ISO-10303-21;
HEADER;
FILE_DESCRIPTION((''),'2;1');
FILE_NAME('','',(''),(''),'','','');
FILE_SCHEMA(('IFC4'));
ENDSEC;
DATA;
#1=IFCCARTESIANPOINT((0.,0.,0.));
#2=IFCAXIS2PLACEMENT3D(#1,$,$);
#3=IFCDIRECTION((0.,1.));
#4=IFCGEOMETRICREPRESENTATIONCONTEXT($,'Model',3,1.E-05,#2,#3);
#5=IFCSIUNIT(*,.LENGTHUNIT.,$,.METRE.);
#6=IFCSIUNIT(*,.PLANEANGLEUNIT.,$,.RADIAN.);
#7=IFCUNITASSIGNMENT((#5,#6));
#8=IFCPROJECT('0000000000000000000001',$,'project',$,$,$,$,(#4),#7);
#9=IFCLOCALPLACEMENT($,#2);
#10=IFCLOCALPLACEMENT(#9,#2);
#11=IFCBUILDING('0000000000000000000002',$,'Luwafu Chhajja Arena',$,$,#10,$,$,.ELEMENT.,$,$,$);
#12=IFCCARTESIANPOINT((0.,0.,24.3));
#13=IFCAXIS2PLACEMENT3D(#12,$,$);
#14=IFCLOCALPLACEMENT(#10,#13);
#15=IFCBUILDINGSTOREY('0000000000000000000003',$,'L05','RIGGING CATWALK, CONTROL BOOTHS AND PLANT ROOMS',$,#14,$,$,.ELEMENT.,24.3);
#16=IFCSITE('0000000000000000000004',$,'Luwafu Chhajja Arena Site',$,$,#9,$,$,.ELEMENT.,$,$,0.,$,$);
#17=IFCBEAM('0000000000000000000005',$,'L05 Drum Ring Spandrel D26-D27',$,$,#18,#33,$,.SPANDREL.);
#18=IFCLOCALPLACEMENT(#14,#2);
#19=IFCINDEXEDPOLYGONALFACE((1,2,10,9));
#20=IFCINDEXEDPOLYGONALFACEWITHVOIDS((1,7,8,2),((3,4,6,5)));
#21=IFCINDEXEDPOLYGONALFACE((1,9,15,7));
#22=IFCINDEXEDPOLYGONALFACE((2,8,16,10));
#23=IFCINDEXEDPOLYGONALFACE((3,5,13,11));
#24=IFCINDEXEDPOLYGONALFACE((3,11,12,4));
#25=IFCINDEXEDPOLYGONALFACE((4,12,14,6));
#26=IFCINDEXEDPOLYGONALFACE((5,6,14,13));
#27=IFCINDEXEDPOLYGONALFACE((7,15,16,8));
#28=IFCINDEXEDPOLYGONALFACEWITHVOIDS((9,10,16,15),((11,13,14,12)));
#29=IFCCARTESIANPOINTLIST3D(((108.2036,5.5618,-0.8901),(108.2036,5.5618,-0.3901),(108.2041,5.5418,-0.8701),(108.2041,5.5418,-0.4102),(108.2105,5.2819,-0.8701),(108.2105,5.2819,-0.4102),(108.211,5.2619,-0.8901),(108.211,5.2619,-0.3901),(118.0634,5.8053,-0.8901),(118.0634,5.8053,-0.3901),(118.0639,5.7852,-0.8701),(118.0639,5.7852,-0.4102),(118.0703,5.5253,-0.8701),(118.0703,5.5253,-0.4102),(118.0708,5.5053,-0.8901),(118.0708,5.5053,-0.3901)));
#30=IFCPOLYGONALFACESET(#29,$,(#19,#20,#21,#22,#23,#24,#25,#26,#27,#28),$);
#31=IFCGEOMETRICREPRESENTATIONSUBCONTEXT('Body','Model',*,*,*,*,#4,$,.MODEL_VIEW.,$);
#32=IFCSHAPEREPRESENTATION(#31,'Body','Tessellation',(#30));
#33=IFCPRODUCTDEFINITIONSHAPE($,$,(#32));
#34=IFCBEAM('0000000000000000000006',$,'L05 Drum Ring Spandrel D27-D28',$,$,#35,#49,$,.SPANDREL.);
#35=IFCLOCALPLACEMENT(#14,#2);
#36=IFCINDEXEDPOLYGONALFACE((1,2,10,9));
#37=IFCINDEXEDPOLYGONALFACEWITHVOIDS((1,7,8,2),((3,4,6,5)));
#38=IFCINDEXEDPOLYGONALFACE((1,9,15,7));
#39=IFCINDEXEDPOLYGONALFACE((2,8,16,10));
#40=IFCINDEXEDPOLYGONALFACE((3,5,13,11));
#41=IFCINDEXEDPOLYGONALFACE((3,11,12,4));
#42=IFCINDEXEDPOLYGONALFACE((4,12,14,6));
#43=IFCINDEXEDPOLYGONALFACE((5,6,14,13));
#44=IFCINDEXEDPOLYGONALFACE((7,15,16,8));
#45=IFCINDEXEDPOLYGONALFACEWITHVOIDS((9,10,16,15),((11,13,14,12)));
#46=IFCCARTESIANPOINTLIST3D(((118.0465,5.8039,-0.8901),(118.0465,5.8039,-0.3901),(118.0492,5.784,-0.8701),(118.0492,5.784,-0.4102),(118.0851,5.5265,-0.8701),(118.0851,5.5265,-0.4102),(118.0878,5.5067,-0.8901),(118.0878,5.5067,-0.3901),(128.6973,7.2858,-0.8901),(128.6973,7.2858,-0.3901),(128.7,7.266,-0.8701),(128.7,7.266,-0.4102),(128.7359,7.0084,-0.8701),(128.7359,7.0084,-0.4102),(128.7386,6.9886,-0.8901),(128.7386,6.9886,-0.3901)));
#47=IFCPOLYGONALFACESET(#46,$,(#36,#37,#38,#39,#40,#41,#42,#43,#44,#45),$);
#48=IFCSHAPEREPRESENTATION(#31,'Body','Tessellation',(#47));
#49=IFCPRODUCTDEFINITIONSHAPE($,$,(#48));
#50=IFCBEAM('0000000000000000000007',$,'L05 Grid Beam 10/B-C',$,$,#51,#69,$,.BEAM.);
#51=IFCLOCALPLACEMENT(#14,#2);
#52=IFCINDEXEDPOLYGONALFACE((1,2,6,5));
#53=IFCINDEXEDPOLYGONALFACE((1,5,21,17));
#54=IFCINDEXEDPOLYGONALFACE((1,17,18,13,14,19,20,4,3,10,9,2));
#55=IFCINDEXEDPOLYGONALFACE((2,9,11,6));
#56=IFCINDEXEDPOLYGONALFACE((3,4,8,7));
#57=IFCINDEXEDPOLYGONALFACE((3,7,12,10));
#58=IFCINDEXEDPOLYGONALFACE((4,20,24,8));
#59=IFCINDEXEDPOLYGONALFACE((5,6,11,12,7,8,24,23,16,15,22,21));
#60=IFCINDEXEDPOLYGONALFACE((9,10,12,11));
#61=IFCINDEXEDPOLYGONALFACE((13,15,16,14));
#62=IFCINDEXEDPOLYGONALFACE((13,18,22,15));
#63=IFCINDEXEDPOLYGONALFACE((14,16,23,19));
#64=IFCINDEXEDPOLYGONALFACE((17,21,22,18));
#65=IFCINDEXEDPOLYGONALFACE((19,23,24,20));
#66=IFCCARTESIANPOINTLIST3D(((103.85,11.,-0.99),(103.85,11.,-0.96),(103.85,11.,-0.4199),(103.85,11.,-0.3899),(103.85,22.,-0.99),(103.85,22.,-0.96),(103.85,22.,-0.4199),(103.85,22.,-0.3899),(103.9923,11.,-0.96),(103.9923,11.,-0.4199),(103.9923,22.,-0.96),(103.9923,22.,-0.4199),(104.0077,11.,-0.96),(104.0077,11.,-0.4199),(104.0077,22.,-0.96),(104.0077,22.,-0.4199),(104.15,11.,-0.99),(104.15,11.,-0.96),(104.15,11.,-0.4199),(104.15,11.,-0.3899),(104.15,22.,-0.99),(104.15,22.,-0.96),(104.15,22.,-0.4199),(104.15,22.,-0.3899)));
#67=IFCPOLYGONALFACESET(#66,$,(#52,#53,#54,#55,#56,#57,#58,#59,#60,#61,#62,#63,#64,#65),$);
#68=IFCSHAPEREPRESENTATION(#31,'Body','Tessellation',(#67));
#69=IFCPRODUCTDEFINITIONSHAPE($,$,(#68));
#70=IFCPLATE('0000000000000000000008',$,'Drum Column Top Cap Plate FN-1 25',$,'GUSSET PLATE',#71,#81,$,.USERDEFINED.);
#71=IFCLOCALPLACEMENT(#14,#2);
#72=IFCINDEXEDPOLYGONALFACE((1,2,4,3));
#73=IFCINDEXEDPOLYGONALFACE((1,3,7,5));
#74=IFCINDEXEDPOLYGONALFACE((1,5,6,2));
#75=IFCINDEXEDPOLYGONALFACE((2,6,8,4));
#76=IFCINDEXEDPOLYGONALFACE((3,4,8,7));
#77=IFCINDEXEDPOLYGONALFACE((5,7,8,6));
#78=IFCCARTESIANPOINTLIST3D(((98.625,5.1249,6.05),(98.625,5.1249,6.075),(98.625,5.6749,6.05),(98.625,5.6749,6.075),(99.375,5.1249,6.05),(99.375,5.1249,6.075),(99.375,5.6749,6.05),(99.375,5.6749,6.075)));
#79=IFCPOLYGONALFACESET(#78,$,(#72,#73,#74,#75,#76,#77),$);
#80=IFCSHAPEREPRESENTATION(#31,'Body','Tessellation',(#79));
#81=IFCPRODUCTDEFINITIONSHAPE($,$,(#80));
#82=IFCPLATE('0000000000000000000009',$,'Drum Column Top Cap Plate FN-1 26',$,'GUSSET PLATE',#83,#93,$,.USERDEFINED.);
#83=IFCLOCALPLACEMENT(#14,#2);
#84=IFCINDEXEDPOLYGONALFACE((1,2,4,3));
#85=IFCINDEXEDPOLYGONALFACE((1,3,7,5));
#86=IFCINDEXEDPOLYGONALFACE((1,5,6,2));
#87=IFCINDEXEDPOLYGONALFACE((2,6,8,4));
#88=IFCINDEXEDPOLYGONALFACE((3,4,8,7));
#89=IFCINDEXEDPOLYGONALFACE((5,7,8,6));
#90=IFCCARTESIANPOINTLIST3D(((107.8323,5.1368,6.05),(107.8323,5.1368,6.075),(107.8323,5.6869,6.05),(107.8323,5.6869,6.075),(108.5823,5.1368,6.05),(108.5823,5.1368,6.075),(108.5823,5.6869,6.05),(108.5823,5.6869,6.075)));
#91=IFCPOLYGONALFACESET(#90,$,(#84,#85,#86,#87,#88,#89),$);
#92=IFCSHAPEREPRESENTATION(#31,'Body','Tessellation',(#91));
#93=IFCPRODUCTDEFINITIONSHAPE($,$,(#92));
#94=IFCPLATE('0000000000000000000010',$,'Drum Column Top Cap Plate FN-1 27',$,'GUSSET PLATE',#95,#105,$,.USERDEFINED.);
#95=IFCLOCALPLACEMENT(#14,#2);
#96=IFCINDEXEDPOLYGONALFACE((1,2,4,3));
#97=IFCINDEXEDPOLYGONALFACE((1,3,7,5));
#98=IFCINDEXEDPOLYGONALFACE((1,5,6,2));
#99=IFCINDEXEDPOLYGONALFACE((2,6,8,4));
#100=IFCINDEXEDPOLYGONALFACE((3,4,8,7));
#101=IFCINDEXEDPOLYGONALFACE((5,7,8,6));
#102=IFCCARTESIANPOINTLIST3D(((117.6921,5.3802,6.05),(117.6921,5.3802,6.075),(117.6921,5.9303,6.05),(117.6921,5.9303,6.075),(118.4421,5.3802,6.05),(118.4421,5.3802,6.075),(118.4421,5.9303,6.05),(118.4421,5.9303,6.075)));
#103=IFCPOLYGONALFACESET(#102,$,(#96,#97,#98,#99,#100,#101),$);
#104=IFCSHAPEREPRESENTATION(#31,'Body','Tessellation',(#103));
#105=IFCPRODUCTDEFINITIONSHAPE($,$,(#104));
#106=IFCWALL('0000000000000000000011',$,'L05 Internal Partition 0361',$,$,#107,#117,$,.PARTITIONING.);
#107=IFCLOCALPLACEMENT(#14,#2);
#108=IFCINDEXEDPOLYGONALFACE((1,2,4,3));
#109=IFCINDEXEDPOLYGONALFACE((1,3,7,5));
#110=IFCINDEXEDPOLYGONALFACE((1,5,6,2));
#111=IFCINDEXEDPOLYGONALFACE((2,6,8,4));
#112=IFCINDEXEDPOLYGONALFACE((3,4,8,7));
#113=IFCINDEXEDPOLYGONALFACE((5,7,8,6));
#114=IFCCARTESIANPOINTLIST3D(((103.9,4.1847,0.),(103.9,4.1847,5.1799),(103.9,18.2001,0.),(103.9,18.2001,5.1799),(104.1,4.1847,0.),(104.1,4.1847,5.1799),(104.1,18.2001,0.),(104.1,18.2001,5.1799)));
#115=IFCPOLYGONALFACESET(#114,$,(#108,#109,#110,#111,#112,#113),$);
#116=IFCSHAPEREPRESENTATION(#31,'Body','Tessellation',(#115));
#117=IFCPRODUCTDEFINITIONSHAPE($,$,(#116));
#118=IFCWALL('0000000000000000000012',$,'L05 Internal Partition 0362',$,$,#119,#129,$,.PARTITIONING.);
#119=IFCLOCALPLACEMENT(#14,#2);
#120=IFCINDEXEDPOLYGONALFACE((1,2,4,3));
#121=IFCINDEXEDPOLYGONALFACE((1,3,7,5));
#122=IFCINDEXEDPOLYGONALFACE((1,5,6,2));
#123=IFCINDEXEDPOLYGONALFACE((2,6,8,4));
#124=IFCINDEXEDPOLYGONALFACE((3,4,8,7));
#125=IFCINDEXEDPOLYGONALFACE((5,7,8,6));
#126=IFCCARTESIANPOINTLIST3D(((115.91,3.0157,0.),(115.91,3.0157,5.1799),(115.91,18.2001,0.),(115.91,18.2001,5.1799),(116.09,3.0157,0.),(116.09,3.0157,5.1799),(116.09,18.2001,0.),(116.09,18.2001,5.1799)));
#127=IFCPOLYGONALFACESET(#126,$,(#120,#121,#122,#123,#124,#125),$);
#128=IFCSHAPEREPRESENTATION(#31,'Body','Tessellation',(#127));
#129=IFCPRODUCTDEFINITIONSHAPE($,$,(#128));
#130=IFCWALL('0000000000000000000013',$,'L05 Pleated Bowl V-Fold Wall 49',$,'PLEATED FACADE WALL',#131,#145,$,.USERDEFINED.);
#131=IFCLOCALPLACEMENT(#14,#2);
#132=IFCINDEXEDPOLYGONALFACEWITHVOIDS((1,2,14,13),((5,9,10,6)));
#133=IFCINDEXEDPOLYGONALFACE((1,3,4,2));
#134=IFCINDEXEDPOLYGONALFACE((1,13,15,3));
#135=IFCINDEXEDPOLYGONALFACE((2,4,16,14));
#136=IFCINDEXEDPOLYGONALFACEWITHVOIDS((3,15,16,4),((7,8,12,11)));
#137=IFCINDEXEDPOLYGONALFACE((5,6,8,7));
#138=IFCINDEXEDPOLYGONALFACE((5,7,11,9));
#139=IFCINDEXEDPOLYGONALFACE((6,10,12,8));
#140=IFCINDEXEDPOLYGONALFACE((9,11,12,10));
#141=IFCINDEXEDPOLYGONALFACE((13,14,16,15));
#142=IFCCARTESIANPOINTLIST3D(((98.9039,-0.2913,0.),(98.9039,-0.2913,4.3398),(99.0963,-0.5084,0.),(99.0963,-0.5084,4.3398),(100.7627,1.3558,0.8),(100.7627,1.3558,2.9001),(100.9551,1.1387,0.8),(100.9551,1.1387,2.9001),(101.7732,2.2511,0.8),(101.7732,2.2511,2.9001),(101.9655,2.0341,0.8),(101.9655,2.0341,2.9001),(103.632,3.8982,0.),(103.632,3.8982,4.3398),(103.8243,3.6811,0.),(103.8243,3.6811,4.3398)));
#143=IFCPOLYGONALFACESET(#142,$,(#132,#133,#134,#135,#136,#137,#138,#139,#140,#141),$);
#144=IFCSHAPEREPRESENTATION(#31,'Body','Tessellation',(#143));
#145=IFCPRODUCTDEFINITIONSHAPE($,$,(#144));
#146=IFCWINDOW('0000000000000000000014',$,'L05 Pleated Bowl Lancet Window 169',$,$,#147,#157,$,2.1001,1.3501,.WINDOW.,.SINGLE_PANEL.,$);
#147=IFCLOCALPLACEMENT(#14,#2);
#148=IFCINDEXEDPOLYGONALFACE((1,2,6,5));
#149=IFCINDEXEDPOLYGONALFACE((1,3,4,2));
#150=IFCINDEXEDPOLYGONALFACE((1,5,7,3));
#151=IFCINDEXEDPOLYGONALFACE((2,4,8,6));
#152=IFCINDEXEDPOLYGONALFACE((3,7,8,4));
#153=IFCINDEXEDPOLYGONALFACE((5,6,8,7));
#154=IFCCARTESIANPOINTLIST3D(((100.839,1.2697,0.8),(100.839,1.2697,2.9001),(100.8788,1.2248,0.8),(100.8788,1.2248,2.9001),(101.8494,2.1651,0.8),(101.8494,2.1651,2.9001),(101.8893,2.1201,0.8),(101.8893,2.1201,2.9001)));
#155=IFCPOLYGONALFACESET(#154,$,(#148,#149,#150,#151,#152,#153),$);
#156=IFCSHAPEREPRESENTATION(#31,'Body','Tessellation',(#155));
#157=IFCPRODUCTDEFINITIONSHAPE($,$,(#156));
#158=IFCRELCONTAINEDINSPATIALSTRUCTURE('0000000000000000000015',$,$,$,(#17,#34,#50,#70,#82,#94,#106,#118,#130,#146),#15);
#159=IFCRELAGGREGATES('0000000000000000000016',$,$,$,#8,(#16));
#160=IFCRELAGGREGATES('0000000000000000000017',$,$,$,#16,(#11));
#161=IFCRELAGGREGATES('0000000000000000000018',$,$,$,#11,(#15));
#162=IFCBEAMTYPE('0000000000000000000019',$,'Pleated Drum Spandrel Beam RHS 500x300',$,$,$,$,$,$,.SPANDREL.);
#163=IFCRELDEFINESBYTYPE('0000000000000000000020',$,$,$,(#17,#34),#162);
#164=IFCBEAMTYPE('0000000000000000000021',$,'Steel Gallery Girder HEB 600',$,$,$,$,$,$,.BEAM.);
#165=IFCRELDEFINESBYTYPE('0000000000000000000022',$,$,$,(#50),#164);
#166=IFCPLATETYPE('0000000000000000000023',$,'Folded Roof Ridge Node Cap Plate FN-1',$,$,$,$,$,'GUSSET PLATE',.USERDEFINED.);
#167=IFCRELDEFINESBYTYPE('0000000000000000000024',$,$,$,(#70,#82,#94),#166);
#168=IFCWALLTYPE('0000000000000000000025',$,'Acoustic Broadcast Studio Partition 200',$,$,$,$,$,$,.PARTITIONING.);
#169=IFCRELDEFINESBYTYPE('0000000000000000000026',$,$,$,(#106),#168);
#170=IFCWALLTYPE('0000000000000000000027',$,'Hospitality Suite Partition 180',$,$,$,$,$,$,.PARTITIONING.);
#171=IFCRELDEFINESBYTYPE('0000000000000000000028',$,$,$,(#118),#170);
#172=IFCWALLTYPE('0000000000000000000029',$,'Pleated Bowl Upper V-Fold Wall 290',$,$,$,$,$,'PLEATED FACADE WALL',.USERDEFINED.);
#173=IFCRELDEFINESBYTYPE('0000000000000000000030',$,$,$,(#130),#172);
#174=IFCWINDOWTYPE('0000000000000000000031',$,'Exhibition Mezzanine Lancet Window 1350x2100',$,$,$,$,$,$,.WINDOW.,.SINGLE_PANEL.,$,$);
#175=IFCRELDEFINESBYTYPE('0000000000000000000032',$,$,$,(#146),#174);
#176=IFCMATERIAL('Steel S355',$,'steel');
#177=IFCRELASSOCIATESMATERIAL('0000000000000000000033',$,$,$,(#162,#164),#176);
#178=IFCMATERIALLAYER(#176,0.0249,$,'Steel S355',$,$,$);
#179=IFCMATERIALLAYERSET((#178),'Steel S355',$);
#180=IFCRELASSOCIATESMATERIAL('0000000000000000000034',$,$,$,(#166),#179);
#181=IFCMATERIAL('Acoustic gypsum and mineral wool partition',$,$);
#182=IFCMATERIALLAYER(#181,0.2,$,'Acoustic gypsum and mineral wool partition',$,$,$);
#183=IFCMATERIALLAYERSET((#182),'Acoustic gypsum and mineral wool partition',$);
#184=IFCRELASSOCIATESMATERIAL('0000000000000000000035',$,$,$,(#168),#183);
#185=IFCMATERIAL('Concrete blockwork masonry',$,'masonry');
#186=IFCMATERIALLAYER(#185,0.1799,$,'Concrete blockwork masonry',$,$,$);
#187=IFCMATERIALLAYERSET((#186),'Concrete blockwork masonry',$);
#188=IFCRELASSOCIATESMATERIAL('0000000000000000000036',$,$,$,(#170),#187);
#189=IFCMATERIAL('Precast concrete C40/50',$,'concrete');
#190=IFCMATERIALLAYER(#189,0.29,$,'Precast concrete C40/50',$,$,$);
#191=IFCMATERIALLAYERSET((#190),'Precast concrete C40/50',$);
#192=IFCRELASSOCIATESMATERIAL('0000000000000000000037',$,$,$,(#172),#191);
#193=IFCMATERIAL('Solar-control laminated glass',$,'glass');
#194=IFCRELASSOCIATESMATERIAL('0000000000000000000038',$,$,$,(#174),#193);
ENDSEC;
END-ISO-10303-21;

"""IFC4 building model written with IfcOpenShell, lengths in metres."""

from ifc_helpers import new_model, si_unit, direction, frame, frame_2d, origin, origin_2d, place, context, subcontext, project, spatial, rectangle, hollow_rectangle, i_section, extrude, material, layer, layer_set, material_profile, profile_set, type_object, element, fill, save


model = new_model("IFC4")

# Units and contexts
model_context = context("Model", 3, precision=1e-05, world=origin(), true_north=direction((0.0, 1.0)))
body_context = subcontext(model_context, "Body", "Model", "MODEL_VIEW")
ifc_project = project(units=[si_unit("LENGTHUNIT", "METRE"), si_unit("PLANEANGLEUNIT", "RADIAN")], contexts=[model_context])

# Site, building, storey
site_placement = place(None, origin())
site = spatial("IfcSite", under=ifc_project, at=site_placement, Name="Luwafu Chhajja Arena Site", CompositionType="ELEMENT", RefElevation=0.0)
building_placement = place(site_placement, origin())
building = spatial("IfcBuilding", under=site, at=building_placement, Name="Luwafu Chhajja Arena", CompositionType="ELEMENT")
storey_placement = place(building_placement, frame((0.0, 0.0, 24.3)))
storey = spatial("IfcBuildingStorey", under=building, at=storey_placement, Name="L05", Description="RIGGING CATWALK, CONTROL BOOTHS AND PLANT ROOMS", CompositionType="ELEMENT", Elevation=24.3)

# Shared definitions
ifc_material_1 = material(Name="Steel S355", Category="steel")

# Beams
ifc_material_profile_1 = material_profile(ifc_material_1, hollow_rectangle(XDim=0.3, YDim=0.5, WallThickness=0.02, at=origin_2d()), Name="RHS 500x300x20")
ifc_profile_set_1 = profile_set([ifc_material_profile_1], Name="Steel S355")
beam_type_1 = type_object("IfcBeamType", Name="Pleated Drum Spandrel Beam RHS 500x300", PredefinedType="SPANDREL", material=ifc_profile_set_1)
beam_1_placement = place(storey_placement, frame((108.2073, 5.4119, -0.6401), z_axis=(0.999695, 0.024679, 0.0), x_axis=(-0.024679, 0.999695, 0.0)))
element("IfcBeam", 1, at=beam_1_placement, inside=storey, type_object=beam_type_1, Name="L05 Drum Ring Spandrel D26-D27", PredefinedType="SPANDREL", context=body_context, shape_type="SweptSolid", body=[
    extrude(hollow_rectangle(XDim=0.3, YDim=0.5, WallThickness=0.02, at=origin_2d()), origin(), (0.0, 0.0, 1.0), 9.8628),
])
beam_2_placement = place(storey_placement, frame((118.0671, 5.6553, -0.6401), z_axis=(0.990459, 0.13781, 0.0), x_axis=(-0.13781, 0.990459, 0.0)))
element("IfcBeam", 2, at=beam_2_placement, inside=storey, type_object=beam_type_1, Name="L05 Drum Ring Spandrel D27-D28", PredefinedType="SPANDREL", context=body_context, shape_type="SweptSolid", body=[
    extrude(hollow_rectangle(XDim=0.3, YDim=0.5, WallThickness=0.02, at=origin_2d()), origin(), (0.0, 0.0, 1.0), 10.7534),
])
ifc_material_profile_2 = material_profile(ifc_material_1, i_section(OverallWidth=0.3, OverallDepth=0.6001, WebThickness=0.0154, FlangeThickness=0.03, at=origin_2d()), Name="HEB 600")
ifc_profile_set_2 = profile_set([ifc_material_profile_2], Name="Steel S355")
beam_type_2 = type_object("IfcBeamType", Name="Steel Gallery Girder HEB 600", PredefinedType="BEAM", material=ifc_profile_set_2)
beam_3_placement = place(storey_placement, frame((104.0, 11.0, -0.6899), z_axis=(0.0, 1.0, 0.0), x_axis=(-1.0, 0.0, 0.0)))
element("IfcBeam", 3, at=beam_3_placement, inside=storey, type_object=beam_type_2, Name="L05 Grid Beam 10/B-C", PredefinedType="BEAM", context=body_context, shape_type="SweptSolid", body=[
    extrude(i_section(OverallWidth=0.3, OverallDepth=0.6001, WebThickness=0.0154, FlangeThickness=0.03, at=origin_2d()), origin(), (0.0, 0.0, 1.0), 11.0),
])

# Plates
ifc_layer_1 = layer(ifc_material_1, 0.0249, Name="Steel S355")
ifc_layer_set_1 = layer_set([ifc_layer_1], Name="Steel S355")
plate_type = type_object("IfcPlateType", Name="Folded Roof Ridge Node Cap Plate FN-1", ElementType="GUSSET PLATE", PredefinedType="USERDEFINED", material=ifc_layer_set_1)
for number, where, z_axis, x_axis, name in (
    (4, (99.0, 5.3999, 6.05), (0.0, 0.0, 1.0), (1.0, 0.0, 0.0), "Drum Column Top Cap Plate FN-1 25"),
    (5, (108.2073, 5.4119, 6.05), (0.0, 0.0, 1.0), (1.0, 0.0, 0.0), "Drum Column Top Cap Plate FN-1 26"),
    (6, (118.0671, 5.6553, 6.05), (0.0, 0.0, 1.0), (1.0, 0.0, 0.0), "Drum Column Top Cap Plate FN-1 27"),
):
    element("IfcPlate", number, at=place(storey_placement, frame(where, z_axis=z_axis, x_axis=x_axis)), inside=storey, type_object=plate_type, Name=name, ObjectType="GUSSET PLATE", PredefinedType="USERDEFINED", context=body_context, shape_type="SweptSolid", body=[
        extrude(rectangle(XDim=0.75, YDim=0.55, at=origin_2d()), origin(), (0.0, 0.0, 1.0), 0.0249),
    ])

# Walls
ifc_material_2 = material(Name="Acoustic gypsum and mineral wool partition")
ifc_layer_2 = layer(ifc_material_2, 0.2, Name="Acoustic gypsum and mineral wool partition")
ifc_layer_set_2 = layer_set([ifc_layer_2], Name="Acoustic gypsum and mineral wool partition")
wall_type_1 = type_object("IfcWallType", Name="Acoustic Broadcast Studio Partition 200", PredefinedType="PARTITIONING", material=ifc_layer_set_2)
wall_1_placement = place(storey_placement, frame((104.0, 4.1846, 0.0), z_axis=(0.0, 0.0, 1.0), x_axis=(0.0, 1.0, 0.0)))
element("IfcWall", 7, at=wall_1_placement, inside=storey, type_object=wall_type_1, Name="L05 Internal Partition 0361", PredefinedType="PARTITIONING", context=body_context, shape_type="SweptSolid", body=[
    extrude(rectangle(XDim=14.0154, YDim=0.2, at=frame_2d((7.0078, 0.0))), origin(), (0.0, 0.0, 1.0), 5.1799),
])
ifc_material_3 = material(Name="Concrete blockwork masonry", Category="masonry")
ifc_layer_3 = layer(ifc_material_3, 0.1799, Name="Concrete blockwork masonry")
ifc_layer_set_3 = layer_set([ifc_layer_3], Name="Concrete blockwork masonry")
wall_type_2 = type_object("IfcWallType", Name="Hospitality Suite Partition 180", PredefinedType="PARTITIONING", material=ifc_layer_set_3)
wall_2_placement = place(storey_placement, frame((116.0, 3.0156, 0.0), z_axis=(0.0, 0.0, 1.0), x_axis=(0.0, 1.0, 0.0)))
element("IfcWall", 8, at=wall_2_placement, inside=storey, type_object=wall_type_2, Name="L05 Internal Partition 0362", PredefinedType="PARTITIONING", context=body_context, shape_type="SweptSolid", body=[
    extrude(rectangle(XDim=15.1843, YDim=0.1799, at=frame_2d((7.5923, 0.0))), origin(), (0.0, 0.0, 1.0), 5.1799),
])

# Wall, opening, window
ifc_material_4 = material(Name="Precast concrete C40/50", Category="concrete")
ifc_layer_4 = layer(ifc_material_4, 0.29, Name="Precast concrete C40/50")
ifc_layer_set_4 = layer_set([ifc_layer_4], Name="Precast concrete C40/50")
wall_type_3 = type_object("IfcWallType", Name="Pleated Bowl Upper V-Fold Wall 290", ElementType="PLEATED FACADE WALL", PredefinedType="USERDEFINED", material=ifc_layer_set_4)
wall_3_placement = place(storey_placement, frame((99.0, -0.3999, 0.0), z_axis=(0.0, 0.0, 1.0), x_axis=(0.748449, 0.663192, 0.0)))
wall_3 = element("IfcWall", 9, at=wall_3_placement, inside=storey, type_object=wall_type_3, Name="L05 Pleated Bowl V-Fold Wall 49", ObjectType="PLEATED FACADE WALL", PredefinedType="USERDEFINED", context=body_context, shape_type="SweptSolid", body=[
    extrude(rectangle(XDim=6.3171, YDim=0.29, at=frame_2d((3.1587, 0.0))), origin(), (0.0, 0.0, 1.0), 4.3398),
])
opening_1_placement = place(wall_3_placement, frame((2.4836, 0.0, 0.8)))
opening_1 = element("IfcOpeningElement", 10, at=opening_1_placement, cuts=wall_3, PredefinedType="OPENING", context=body_context, shape_type="SweptSolid", body=[
    extrude(rectangle(XDim=1.3501, YDim=2.1001, at=frame_2d((0.675, 1.05))), frame((0.0, 0.155, 0.0), z_axis=(0.0, -1.0, 0.0), x_axis=(1.0, 0.0, 0.0)), (0.0, 0.0, 1.0), 0.3101),
])
ifc_material_5 = material(Name="Solar-control laminated glass", Category="glass")
window_type_1 = type_object("IfcWindowType", Name="Exhibition Mezzanine Lancet Window 1350x2100", PartitioningType="SINGLE_PANEL", PredefinedType="WINDOW", material=ifc_material_5)
window_1_placement = place(opening_1_placement, origin())
window_1 = element("IfcWindow", 11, at=window_1_placement, inside=storey, type_object=window_type_1, Name="L05 Pleated Bowl Lancet Window 169", OverallHeight=2.1001, OverallWidth=1.3501, PartitioningType="SINGLE_PANEL", PredefinedType="WINDOW", context=body_context, shape_type="SweptSolid", body=[
    extrude(rectangle(XDim=1.3501, YDim=2.1001, at=frame_2d((0.675, 1.05))), frame((0.0, 0.03, 0.0), z_axis=(0.0, -1.0, 0.0), x_axis=(1.0, 0.0, 0.0)), (0.0, 0.0, 1.0), 0.0601),
])
fill(opening_1, window_1)

save(model, "model.ifc")
